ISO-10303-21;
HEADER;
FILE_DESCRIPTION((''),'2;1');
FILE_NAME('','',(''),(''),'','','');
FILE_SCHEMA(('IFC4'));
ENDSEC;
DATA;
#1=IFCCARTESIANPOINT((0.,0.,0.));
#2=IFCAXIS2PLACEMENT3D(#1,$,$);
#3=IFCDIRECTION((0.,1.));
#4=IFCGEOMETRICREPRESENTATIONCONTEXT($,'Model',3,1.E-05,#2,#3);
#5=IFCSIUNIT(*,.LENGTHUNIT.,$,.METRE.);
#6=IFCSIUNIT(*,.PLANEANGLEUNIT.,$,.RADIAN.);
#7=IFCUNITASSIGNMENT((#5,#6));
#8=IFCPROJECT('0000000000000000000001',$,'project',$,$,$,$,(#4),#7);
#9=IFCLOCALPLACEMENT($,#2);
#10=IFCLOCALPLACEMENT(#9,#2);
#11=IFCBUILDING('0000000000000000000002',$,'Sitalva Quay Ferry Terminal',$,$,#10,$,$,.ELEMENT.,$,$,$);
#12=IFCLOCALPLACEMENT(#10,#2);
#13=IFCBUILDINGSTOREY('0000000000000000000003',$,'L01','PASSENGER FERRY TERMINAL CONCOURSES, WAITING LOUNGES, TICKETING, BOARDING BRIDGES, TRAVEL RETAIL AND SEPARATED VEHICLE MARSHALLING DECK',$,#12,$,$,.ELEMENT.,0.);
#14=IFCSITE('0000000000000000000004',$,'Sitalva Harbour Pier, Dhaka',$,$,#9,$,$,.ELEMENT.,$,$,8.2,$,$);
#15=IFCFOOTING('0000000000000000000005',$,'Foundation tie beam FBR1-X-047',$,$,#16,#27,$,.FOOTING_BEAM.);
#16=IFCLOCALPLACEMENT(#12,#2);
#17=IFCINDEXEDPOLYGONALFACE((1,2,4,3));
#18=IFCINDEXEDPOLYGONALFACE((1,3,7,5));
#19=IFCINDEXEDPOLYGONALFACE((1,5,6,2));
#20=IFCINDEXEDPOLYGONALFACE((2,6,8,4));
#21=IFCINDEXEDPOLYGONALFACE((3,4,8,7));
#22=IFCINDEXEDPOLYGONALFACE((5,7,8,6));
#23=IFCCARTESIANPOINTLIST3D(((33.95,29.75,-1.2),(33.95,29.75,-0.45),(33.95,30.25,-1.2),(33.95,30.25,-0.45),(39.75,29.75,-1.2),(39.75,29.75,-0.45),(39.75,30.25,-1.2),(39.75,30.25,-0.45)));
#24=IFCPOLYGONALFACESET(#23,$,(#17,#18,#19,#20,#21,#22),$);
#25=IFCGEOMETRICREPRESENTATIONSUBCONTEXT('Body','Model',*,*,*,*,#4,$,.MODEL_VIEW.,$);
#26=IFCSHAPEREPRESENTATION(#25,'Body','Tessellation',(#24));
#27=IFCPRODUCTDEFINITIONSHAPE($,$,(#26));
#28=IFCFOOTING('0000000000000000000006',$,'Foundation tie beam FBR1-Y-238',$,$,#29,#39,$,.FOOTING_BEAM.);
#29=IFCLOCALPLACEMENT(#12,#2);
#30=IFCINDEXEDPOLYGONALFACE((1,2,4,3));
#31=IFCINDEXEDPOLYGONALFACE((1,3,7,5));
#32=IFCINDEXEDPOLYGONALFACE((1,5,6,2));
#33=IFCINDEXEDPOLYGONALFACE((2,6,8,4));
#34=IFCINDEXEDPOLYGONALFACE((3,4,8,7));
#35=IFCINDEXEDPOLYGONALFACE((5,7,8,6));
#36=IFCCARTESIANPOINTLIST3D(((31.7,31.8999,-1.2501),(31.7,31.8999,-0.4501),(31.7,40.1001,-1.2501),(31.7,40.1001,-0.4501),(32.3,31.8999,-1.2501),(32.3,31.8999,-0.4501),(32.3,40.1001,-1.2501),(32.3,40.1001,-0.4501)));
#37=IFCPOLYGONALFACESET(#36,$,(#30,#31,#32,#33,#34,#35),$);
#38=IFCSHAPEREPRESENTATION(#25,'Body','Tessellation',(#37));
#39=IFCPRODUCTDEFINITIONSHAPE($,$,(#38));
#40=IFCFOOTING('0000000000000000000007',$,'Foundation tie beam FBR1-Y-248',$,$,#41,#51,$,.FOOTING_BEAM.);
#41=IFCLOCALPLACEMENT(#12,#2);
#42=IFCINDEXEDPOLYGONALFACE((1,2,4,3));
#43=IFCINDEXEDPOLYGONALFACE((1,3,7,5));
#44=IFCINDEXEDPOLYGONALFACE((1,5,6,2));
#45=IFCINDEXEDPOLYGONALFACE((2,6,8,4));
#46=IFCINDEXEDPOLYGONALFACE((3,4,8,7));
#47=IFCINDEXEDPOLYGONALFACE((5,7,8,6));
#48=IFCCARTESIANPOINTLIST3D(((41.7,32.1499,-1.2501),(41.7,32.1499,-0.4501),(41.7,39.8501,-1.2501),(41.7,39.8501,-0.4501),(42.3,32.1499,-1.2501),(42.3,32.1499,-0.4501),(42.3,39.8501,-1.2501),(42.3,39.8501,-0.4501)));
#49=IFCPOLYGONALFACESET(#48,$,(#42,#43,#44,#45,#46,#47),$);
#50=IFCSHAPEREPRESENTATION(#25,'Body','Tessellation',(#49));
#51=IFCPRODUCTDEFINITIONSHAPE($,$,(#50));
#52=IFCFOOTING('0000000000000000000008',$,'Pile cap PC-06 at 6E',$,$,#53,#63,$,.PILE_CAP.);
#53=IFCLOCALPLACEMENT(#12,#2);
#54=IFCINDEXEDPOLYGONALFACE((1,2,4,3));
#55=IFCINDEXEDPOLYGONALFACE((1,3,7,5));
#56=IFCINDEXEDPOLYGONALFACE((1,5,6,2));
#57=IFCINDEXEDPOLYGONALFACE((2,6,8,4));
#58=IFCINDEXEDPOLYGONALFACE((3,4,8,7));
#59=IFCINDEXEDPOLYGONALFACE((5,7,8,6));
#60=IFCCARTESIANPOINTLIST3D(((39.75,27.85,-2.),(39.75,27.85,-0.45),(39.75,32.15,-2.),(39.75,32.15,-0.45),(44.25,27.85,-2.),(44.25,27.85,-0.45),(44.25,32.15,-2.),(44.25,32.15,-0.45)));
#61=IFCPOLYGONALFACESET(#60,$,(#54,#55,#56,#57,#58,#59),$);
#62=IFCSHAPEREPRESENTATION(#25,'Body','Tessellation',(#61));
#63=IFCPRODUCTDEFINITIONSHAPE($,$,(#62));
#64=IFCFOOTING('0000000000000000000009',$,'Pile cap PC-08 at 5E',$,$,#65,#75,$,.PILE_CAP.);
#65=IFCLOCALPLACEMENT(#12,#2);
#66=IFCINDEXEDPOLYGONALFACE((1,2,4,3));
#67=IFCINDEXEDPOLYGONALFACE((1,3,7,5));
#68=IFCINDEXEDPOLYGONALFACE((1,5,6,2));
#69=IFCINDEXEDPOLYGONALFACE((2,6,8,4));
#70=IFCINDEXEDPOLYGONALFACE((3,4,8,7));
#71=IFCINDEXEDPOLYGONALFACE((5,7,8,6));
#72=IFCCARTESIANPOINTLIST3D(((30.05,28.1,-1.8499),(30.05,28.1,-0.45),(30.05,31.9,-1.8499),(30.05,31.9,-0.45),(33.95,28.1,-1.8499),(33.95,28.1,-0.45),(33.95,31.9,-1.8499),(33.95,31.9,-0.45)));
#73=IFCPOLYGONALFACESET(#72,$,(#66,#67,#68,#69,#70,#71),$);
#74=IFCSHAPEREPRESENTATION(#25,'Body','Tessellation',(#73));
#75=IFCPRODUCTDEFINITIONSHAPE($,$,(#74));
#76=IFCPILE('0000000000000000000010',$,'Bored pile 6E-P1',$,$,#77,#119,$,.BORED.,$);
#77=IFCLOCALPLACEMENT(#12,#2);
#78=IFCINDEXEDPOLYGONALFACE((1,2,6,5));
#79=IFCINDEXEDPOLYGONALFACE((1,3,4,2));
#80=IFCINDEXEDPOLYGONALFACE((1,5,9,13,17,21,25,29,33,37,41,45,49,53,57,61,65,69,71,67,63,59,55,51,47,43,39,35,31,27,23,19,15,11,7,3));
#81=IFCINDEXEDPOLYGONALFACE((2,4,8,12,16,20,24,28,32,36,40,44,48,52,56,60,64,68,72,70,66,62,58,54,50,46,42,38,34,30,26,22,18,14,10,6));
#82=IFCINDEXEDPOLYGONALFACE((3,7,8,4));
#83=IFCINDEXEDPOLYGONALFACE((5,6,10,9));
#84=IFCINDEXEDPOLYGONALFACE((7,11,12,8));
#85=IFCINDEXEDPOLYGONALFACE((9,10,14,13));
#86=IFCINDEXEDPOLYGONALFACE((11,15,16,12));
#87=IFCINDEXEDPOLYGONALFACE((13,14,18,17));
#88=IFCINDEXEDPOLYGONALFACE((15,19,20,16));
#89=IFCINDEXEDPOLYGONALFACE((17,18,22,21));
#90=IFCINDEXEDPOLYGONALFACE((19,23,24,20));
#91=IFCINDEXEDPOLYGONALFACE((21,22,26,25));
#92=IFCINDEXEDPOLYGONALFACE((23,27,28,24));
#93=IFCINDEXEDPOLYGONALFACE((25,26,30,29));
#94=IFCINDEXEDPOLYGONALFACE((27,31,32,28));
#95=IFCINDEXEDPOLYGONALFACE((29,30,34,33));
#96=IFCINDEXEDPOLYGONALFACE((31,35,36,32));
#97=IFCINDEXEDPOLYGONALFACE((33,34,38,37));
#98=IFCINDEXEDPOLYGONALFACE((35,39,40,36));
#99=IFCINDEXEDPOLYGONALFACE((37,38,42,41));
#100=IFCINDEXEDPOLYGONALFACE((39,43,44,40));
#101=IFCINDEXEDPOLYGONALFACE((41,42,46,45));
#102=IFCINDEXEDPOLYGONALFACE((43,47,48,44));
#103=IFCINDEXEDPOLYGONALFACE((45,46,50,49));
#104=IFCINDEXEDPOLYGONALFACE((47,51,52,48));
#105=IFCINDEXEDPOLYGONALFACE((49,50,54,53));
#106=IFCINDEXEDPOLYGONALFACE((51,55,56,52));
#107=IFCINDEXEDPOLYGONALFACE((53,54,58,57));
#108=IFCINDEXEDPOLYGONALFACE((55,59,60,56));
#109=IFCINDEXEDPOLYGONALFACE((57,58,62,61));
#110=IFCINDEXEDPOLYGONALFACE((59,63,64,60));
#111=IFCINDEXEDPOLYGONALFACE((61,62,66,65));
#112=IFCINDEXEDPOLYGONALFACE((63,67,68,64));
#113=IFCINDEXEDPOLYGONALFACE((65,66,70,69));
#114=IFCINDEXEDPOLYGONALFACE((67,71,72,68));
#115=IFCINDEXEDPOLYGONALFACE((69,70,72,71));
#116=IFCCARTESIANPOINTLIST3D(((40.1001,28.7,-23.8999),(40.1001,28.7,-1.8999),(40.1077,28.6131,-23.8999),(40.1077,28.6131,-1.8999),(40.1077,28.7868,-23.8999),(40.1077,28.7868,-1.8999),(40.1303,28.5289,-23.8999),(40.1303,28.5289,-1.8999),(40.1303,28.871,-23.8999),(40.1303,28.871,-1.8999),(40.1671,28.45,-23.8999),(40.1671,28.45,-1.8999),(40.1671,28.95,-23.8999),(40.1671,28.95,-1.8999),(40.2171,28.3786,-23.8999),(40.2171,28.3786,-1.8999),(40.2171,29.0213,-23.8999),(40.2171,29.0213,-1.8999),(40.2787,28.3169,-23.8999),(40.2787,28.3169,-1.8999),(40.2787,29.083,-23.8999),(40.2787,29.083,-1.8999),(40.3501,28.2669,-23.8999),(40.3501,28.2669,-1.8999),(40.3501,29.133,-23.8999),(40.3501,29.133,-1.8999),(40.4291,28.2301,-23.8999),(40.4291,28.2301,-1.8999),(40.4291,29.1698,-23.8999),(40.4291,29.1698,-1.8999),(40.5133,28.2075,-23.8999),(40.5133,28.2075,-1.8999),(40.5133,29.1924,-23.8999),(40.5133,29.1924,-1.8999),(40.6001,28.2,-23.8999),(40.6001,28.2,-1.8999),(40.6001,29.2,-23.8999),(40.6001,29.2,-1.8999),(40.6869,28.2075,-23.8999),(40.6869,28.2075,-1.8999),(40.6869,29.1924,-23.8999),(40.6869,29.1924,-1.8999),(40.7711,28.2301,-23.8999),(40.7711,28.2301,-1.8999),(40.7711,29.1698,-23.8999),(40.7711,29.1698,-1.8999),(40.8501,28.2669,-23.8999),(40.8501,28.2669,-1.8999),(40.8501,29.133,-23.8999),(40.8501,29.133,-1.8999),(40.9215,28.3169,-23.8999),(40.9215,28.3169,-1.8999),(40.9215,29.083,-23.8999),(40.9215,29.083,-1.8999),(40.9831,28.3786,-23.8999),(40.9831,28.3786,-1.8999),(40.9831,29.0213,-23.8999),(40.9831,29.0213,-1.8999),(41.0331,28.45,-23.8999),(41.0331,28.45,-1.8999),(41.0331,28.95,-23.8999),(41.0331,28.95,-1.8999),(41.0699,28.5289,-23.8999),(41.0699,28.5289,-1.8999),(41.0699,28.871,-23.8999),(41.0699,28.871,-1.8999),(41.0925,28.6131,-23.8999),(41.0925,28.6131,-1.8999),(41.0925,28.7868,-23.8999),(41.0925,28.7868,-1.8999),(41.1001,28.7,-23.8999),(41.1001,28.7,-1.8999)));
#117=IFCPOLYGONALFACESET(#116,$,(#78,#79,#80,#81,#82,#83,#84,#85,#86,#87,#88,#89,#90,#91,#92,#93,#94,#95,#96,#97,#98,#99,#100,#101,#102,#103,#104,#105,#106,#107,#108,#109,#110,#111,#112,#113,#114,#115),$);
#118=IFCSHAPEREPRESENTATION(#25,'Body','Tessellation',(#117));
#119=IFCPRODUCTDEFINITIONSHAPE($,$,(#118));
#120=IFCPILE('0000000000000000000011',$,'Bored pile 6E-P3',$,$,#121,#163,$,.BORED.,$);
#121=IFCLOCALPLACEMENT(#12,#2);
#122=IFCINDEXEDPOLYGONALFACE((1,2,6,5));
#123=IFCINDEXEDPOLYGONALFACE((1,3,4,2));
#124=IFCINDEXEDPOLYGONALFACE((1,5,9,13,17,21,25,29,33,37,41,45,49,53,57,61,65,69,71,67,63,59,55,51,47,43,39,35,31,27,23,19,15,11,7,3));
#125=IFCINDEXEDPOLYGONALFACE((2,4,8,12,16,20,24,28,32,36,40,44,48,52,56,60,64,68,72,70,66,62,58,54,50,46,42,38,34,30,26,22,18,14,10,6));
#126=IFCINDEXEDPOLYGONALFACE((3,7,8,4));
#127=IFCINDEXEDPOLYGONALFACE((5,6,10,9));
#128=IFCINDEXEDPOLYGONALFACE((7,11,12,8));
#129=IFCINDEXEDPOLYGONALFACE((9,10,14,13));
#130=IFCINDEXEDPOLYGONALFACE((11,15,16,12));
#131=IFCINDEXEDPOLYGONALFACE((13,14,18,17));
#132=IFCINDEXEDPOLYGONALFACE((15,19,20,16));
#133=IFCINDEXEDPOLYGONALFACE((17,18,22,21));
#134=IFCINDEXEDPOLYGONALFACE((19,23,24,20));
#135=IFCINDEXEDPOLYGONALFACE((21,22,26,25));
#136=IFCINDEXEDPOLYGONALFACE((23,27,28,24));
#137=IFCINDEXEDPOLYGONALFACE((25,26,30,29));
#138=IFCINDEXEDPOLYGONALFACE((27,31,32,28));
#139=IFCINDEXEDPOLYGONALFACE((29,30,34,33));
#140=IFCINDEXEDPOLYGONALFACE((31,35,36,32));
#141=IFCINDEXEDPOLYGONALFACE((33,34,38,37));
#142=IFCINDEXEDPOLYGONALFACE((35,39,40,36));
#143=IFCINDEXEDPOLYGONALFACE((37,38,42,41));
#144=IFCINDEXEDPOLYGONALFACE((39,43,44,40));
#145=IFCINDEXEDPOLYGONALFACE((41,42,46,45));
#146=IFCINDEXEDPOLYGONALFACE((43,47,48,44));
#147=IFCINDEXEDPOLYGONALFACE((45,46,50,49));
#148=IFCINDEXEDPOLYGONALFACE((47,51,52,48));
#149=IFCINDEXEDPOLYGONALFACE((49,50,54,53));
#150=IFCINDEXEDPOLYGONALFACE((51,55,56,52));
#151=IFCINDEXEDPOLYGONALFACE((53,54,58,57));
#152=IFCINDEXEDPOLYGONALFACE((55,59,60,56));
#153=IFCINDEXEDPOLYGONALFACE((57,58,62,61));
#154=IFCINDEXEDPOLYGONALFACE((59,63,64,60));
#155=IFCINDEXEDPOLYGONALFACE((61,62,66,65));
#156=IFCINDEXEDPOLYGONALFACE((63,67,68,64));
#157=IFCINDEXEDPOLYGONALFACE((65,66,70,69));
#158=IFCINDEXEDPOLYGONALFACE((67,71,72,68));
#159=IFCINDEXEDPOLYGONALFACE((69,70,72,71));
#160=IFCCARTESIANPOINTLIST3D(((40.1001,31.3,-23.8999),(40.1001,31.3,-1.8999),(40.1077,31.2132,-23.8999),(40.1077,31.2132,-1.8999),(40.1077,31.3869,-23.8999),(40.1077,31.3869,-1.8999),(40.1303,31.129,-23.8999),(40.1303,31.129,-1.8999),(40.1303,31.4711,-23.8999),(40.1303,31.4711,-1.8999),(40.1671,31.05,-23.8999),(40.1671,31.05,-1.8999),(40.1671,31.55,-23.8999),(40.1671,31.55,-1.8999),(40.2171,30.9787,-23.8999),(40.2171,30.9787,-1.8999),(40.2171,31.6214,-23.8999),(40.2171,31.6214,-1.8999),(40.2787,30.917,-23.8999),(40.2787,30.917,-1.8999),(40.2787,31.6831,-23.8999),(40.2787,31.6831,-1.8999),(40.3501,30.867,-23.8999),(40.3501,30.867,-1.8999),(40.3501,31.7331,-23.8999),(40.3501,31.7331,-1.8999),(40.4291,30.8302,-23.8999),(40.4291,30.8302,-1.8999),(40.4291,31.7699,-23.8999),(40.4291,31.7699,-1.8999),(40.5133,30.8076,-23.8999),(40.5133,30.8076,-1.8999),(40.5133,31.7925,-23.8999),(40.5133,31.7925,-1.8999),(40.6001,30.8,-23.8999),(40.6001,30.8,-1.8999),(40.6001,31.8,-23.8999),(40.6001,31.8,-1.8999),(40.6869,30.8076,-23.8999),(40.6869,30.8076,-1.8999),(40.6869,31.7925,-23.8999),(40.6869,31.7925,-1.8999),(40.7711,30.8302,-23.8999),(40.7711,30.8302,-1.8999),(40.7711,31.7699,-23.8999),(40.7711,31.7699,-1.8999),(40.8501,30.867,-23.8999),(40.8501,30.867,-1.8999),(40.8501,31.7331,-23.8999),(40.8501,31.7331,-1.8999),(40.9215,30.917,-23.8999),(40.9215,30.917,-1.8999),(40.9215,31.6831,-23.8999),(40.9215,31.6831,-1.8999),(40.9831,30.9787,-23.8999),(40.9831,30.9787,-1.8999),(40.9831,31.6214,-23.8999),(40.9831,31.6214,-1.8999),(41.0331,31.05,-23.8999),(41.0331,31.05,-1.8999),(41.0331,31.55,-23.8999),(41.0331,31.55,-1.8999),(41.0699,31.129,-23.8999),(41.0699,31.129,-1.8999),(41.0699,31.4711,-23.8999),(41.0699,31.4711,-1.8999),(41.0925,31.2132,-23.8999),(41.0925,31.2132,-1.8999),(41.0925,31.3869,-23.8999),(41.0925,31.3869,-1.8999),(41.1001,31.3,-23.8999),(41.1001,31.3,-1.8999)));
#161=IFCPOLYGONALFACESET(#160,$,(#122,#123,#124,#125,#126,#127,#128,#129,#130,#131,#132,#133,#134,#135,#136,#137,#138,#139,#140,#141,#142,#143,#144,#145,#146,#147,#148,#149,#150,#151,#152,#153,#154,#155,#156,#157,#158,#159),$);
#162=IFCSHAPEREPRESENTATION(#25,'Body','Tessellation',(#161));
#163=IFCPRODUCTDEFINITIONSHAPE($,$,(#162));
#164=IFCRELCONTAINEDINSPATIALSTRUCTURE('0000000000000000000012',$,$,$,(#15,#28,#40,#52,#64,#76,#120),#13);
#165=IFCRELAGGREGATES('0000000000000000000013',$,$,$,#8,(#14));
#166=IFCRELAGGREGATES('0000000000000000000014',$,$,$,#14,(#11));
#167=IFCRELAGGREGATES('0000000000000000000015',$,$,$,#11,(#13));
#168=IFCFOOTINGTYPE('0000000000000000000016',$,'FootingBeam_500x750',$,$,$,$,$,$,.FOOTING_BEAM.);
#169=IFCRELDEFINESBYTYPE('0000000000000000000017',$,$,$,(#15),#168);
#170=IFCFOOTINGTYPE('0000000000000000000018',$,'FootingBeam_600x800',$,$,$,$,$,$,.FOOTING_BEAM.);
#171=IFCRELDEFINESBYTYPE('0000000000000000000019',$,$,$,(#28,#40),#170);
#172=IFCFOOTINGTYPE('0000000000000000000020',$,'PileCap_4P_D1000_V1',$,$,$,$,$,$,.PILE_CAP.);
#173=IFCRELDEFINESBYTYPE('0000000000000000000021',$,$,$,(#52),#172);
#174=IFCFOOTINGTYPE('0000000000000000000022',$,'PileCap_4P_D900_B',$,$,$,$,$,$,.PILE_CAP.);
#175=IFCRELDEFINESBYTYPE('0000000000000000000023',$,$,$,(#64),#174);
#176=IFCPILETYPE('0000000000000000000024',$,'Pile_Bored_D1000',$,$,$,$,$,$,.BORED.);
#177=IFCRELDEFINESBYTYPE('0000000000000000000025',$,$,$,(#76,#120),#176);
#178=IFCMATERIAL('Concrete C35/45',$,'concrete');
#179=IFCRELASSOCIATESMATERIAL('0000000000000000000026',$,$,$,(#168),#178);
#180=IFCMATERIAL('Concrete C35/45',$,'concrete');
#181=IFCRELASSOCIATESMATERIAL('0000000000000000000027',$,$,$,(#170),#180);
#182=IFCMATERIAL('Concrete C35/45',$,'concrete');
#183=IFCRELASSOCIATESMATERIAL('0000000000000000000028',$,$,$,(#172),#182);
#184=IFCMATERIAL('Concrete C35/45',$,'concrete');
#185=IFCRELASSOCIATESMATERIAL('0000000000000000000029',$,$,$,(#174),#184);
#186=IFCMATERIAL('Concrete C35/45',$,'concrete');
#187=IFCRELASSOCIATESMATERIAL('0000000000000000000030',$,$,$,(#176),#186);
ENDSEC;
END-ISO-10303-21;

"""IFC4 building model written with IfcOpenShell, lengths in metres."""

from ifc_helpers import new_model, si_unit, direction, frame, origin, origin_2d, place, context, subcontext, project, spatial, rectangle, circle, extrude, material, material_profile, profile_set, type_object, element, save


model = new_model("IFC4")

# Units and contexts
model_context = context("Model", 3, precision=1e-05, world=origin(), true_north=direction((0.0, 1.0)))
body_context = subcontext(model_context, "Body", "Model", "MODEL_VIEW")
ifc_project = project(units=[si_unit("LENGTHUNIT", "METRE"), si_unit("PLANEANGLEUNIT", "RADIAN")], contexts=[model_context])

# Site, building, storey
site_placement = place(None, origin())
site = spatial("IfcSite", under=ifc_project, at=site_placement, Name="Sitalva Harbour Pier, Dhaka", CompositionType="ELEMENT", RefElevation=8.2)
building_placement = place(site_placement, origin())
building = spatial("IfcBuilding", under=site, at=building_placement, Name="Sitalva Quay Ferry Terminal", CompositionType="ELEMENT")
storey_placement = place(building_placement, origin())
storey = spatial("IfcBuildingStorey", under=building, at=storey_placement, Name="L01", Description="PASSENGER FERRY TERMINAL CONCOURSES, WAITING LOUNGES, TICKETING, BOARDING BRIDGES, TRAVEL RETAIL AND SEPARATED VEHICLE MARSHALLING DECK", CompositionType="ELEMENT", Elevation=0.0)

# Footings
ifc_material_1 = material(Name="Concrete C35/45", Category="concrete")
ifc_material_profile_1 = material_profile(ifc_material_1, rectangle(XDim=0.5, YDim=0.75, at=origin_2d()), Name="RC500x750")
ifc_profile_set_1 = profile_set([ifc_material_profile_1], Name="Concrete C35/45")
footing_type_1 = type_object("IfcFootingType", Name="FootingBeam_500x750", PredefinedType="FOOTING_BEAM", material=ifc_profile_set_1)
footing_1_placement = place(storey_placement, frame((33.95, 30.0, -0.825), z_axis=(1.0, 0.0, 0.0), x_axis=(0.0, 1.0, 0.0)))
element("IfcFooting", 1, at=footing_1_placement, inside=storey, type_object=footing_type_1, Name="Foundation tie beam FBR1-X-047", PredefinedType="FOOTING_BEAM", context=body_context, shape_type="SweptSolid", body=[
    extrude(rectangle(XDim=0.5, YDim=0.75, at=origin_2d()), origin(), (0.0, 0.0, 1.0), 5.8),
])
ifc_material_2 = material(Name="Concrete C35/45", Category="concrete")
ifc_material_profile_2 = material_profile(ifc_material_2, rectangle(XDim=0.6001, YDim=0.8, at=origin_2d()), Name="RC600x800")
ifc_profile_set_2 = profile_set([ifc_material_profile_2], Name="Concrete C35/45")
footing_type_2 = type_object("IfcFootingType", Name="FootingBeam_600x800", PredefinedType="FOOTING_BEAM", material=ifc_profile_set_2)
footing_2_placement = place(storey_placement, frame((32.0, 31.8999, -0.8501), z_axis=(0.0, 1.0, 0.0), x_axis=(-1.0, 0.0, 0.0)))
element("IfcFooting", 2, at=footing_2_placement, inside=storey, type_object=footing_type_2, Name="Foundation tie beam FBR1-Y-238", PredefinedType="FOOTING_BEAM", context=body_context, shape_type="SweptSolid", body=[
    extrude(rectangle(XDim=0.6001, YDim=0.8, at=origin_2d()), origin(), (0.0, 0.0, 1.0), 8.2002),
])
footing_3_placement = place(storey_placement, frame((42.0, 32.1499, -0.8501), z_axis=(0.0, 1.0, 0.0), x_axis=(-1.0, 0.0, 0.0)))
element("IfcFooting", 3, at=footing_3_placement, inside=storey, type_object=footing_type_2, Name="Foundation tie beam FBR1-Y-248", PredefinedType="FOOTING_BEAM", context=body_context, shape_type="SweptSolid", body=[
    extrude(rectangle(XDim=0.6001, YDim=0.8, at=origin_2d()), origin(), (0.0, 0.0, 1.0), 7.7002),
])
ifc_material_3 = material(Name="Concrete C35/45", Category="concrete")
footing_type_3 = type_object("IfcFootingType", Name="PileCap_4P_D1000_V1", PredefinedType="PILE_CAP", material=ifc_material_3)
footing_4_placement = place(storey_placement, frame((42.0, 30.0, -2.0), z_axis=(0.0, 0.0, 1.0), x_axis=(1.0, 0.0, 0.0)))
element("IfcFooting", 4, at=footing_4_placement, inside=storey, type_object=footing_type_3, Name="Pile cap PC-06 at 6E", PredefinedType="PILE_CAP", context=body_context, shape_type="SweptSolid", body=[
    extrude(rectangle(XDim=4.5, YDim=4.3, at=origin_2d()), origin(), (0.0, 0.0, 1.0), 1.55),
])
ifc_material_4 = material(Name="Concrete C35/45", Category="concrete")
footing_type_4 = type_object("IfcFootingType", Name="PileCap_4P_D900_B", PredefinedType="PILE_CAP", material=ifc_material_4)
footing_5_placement = place(storey_placement, frame((32.0, 30.0, -1.8499), z_axis=(0.0, 0.0, 1.0), x_axis=(1.0, 0.0, 0.0)))
element("IfcFooting", 5, at=footing_5_placement, inside=storey, type_object=footing_type_4, Name="Pile cap PC-08 at 5E", PredefinedType="PILE_CAP", context=body_context, shape_type="SweptSolid", body=[
    extrude(rectangle(XDim=3.8999, YDim=3.8, at=origin_2d()), origin(), (0.0, 0.0, 1.0), 1.3999),
])

# Piles
ifc_material_5 = material(Name="Concrete C35/45", Category="concrete")
ifc_material_profile_3 = material_profile(ifc_material_5, circle(Radius=0.5, at=origin_2d()), Name="PILE-D1000")
ifc_profile_set_3 = profile_set([ifc_material_profile_3], Name="Concrete C35/45")
pile_type_1 = type_object("IfcPileType", Name="Pile_Bored_D1000", PredefinedType="BORED", material=ifc_profile_set_3)
for number, where, z_axis, x_axis, name in (
    (6, (40.6001, 28.7, -1.8999), (0.0, 0.0, -1.0), (1.0, 0.0, 0.0), "Bored pile 6E-P1"),
    (7, (40.6001, 31.3, -1.8999), (0.0, 0.0, -1.0), (1.0, 0.0, 0.0), "Bored pile 6E-P3"),
):
    element("IfcPile", number, at=place(storey_placement, frame(where, z_axis=z_axis, x_axis=x_axis)), inside=storey, type_object=pile_type_1, Name=name, PredefinedType="BORED", context=body_context, shape_type="SweptSolid", body=[
        extrude(circle(Radius=0.5, at=origin_2d()), origin(), (0.0, 0.0, 1.0), 22.0),
    ])

save(model, "model.ifc")
